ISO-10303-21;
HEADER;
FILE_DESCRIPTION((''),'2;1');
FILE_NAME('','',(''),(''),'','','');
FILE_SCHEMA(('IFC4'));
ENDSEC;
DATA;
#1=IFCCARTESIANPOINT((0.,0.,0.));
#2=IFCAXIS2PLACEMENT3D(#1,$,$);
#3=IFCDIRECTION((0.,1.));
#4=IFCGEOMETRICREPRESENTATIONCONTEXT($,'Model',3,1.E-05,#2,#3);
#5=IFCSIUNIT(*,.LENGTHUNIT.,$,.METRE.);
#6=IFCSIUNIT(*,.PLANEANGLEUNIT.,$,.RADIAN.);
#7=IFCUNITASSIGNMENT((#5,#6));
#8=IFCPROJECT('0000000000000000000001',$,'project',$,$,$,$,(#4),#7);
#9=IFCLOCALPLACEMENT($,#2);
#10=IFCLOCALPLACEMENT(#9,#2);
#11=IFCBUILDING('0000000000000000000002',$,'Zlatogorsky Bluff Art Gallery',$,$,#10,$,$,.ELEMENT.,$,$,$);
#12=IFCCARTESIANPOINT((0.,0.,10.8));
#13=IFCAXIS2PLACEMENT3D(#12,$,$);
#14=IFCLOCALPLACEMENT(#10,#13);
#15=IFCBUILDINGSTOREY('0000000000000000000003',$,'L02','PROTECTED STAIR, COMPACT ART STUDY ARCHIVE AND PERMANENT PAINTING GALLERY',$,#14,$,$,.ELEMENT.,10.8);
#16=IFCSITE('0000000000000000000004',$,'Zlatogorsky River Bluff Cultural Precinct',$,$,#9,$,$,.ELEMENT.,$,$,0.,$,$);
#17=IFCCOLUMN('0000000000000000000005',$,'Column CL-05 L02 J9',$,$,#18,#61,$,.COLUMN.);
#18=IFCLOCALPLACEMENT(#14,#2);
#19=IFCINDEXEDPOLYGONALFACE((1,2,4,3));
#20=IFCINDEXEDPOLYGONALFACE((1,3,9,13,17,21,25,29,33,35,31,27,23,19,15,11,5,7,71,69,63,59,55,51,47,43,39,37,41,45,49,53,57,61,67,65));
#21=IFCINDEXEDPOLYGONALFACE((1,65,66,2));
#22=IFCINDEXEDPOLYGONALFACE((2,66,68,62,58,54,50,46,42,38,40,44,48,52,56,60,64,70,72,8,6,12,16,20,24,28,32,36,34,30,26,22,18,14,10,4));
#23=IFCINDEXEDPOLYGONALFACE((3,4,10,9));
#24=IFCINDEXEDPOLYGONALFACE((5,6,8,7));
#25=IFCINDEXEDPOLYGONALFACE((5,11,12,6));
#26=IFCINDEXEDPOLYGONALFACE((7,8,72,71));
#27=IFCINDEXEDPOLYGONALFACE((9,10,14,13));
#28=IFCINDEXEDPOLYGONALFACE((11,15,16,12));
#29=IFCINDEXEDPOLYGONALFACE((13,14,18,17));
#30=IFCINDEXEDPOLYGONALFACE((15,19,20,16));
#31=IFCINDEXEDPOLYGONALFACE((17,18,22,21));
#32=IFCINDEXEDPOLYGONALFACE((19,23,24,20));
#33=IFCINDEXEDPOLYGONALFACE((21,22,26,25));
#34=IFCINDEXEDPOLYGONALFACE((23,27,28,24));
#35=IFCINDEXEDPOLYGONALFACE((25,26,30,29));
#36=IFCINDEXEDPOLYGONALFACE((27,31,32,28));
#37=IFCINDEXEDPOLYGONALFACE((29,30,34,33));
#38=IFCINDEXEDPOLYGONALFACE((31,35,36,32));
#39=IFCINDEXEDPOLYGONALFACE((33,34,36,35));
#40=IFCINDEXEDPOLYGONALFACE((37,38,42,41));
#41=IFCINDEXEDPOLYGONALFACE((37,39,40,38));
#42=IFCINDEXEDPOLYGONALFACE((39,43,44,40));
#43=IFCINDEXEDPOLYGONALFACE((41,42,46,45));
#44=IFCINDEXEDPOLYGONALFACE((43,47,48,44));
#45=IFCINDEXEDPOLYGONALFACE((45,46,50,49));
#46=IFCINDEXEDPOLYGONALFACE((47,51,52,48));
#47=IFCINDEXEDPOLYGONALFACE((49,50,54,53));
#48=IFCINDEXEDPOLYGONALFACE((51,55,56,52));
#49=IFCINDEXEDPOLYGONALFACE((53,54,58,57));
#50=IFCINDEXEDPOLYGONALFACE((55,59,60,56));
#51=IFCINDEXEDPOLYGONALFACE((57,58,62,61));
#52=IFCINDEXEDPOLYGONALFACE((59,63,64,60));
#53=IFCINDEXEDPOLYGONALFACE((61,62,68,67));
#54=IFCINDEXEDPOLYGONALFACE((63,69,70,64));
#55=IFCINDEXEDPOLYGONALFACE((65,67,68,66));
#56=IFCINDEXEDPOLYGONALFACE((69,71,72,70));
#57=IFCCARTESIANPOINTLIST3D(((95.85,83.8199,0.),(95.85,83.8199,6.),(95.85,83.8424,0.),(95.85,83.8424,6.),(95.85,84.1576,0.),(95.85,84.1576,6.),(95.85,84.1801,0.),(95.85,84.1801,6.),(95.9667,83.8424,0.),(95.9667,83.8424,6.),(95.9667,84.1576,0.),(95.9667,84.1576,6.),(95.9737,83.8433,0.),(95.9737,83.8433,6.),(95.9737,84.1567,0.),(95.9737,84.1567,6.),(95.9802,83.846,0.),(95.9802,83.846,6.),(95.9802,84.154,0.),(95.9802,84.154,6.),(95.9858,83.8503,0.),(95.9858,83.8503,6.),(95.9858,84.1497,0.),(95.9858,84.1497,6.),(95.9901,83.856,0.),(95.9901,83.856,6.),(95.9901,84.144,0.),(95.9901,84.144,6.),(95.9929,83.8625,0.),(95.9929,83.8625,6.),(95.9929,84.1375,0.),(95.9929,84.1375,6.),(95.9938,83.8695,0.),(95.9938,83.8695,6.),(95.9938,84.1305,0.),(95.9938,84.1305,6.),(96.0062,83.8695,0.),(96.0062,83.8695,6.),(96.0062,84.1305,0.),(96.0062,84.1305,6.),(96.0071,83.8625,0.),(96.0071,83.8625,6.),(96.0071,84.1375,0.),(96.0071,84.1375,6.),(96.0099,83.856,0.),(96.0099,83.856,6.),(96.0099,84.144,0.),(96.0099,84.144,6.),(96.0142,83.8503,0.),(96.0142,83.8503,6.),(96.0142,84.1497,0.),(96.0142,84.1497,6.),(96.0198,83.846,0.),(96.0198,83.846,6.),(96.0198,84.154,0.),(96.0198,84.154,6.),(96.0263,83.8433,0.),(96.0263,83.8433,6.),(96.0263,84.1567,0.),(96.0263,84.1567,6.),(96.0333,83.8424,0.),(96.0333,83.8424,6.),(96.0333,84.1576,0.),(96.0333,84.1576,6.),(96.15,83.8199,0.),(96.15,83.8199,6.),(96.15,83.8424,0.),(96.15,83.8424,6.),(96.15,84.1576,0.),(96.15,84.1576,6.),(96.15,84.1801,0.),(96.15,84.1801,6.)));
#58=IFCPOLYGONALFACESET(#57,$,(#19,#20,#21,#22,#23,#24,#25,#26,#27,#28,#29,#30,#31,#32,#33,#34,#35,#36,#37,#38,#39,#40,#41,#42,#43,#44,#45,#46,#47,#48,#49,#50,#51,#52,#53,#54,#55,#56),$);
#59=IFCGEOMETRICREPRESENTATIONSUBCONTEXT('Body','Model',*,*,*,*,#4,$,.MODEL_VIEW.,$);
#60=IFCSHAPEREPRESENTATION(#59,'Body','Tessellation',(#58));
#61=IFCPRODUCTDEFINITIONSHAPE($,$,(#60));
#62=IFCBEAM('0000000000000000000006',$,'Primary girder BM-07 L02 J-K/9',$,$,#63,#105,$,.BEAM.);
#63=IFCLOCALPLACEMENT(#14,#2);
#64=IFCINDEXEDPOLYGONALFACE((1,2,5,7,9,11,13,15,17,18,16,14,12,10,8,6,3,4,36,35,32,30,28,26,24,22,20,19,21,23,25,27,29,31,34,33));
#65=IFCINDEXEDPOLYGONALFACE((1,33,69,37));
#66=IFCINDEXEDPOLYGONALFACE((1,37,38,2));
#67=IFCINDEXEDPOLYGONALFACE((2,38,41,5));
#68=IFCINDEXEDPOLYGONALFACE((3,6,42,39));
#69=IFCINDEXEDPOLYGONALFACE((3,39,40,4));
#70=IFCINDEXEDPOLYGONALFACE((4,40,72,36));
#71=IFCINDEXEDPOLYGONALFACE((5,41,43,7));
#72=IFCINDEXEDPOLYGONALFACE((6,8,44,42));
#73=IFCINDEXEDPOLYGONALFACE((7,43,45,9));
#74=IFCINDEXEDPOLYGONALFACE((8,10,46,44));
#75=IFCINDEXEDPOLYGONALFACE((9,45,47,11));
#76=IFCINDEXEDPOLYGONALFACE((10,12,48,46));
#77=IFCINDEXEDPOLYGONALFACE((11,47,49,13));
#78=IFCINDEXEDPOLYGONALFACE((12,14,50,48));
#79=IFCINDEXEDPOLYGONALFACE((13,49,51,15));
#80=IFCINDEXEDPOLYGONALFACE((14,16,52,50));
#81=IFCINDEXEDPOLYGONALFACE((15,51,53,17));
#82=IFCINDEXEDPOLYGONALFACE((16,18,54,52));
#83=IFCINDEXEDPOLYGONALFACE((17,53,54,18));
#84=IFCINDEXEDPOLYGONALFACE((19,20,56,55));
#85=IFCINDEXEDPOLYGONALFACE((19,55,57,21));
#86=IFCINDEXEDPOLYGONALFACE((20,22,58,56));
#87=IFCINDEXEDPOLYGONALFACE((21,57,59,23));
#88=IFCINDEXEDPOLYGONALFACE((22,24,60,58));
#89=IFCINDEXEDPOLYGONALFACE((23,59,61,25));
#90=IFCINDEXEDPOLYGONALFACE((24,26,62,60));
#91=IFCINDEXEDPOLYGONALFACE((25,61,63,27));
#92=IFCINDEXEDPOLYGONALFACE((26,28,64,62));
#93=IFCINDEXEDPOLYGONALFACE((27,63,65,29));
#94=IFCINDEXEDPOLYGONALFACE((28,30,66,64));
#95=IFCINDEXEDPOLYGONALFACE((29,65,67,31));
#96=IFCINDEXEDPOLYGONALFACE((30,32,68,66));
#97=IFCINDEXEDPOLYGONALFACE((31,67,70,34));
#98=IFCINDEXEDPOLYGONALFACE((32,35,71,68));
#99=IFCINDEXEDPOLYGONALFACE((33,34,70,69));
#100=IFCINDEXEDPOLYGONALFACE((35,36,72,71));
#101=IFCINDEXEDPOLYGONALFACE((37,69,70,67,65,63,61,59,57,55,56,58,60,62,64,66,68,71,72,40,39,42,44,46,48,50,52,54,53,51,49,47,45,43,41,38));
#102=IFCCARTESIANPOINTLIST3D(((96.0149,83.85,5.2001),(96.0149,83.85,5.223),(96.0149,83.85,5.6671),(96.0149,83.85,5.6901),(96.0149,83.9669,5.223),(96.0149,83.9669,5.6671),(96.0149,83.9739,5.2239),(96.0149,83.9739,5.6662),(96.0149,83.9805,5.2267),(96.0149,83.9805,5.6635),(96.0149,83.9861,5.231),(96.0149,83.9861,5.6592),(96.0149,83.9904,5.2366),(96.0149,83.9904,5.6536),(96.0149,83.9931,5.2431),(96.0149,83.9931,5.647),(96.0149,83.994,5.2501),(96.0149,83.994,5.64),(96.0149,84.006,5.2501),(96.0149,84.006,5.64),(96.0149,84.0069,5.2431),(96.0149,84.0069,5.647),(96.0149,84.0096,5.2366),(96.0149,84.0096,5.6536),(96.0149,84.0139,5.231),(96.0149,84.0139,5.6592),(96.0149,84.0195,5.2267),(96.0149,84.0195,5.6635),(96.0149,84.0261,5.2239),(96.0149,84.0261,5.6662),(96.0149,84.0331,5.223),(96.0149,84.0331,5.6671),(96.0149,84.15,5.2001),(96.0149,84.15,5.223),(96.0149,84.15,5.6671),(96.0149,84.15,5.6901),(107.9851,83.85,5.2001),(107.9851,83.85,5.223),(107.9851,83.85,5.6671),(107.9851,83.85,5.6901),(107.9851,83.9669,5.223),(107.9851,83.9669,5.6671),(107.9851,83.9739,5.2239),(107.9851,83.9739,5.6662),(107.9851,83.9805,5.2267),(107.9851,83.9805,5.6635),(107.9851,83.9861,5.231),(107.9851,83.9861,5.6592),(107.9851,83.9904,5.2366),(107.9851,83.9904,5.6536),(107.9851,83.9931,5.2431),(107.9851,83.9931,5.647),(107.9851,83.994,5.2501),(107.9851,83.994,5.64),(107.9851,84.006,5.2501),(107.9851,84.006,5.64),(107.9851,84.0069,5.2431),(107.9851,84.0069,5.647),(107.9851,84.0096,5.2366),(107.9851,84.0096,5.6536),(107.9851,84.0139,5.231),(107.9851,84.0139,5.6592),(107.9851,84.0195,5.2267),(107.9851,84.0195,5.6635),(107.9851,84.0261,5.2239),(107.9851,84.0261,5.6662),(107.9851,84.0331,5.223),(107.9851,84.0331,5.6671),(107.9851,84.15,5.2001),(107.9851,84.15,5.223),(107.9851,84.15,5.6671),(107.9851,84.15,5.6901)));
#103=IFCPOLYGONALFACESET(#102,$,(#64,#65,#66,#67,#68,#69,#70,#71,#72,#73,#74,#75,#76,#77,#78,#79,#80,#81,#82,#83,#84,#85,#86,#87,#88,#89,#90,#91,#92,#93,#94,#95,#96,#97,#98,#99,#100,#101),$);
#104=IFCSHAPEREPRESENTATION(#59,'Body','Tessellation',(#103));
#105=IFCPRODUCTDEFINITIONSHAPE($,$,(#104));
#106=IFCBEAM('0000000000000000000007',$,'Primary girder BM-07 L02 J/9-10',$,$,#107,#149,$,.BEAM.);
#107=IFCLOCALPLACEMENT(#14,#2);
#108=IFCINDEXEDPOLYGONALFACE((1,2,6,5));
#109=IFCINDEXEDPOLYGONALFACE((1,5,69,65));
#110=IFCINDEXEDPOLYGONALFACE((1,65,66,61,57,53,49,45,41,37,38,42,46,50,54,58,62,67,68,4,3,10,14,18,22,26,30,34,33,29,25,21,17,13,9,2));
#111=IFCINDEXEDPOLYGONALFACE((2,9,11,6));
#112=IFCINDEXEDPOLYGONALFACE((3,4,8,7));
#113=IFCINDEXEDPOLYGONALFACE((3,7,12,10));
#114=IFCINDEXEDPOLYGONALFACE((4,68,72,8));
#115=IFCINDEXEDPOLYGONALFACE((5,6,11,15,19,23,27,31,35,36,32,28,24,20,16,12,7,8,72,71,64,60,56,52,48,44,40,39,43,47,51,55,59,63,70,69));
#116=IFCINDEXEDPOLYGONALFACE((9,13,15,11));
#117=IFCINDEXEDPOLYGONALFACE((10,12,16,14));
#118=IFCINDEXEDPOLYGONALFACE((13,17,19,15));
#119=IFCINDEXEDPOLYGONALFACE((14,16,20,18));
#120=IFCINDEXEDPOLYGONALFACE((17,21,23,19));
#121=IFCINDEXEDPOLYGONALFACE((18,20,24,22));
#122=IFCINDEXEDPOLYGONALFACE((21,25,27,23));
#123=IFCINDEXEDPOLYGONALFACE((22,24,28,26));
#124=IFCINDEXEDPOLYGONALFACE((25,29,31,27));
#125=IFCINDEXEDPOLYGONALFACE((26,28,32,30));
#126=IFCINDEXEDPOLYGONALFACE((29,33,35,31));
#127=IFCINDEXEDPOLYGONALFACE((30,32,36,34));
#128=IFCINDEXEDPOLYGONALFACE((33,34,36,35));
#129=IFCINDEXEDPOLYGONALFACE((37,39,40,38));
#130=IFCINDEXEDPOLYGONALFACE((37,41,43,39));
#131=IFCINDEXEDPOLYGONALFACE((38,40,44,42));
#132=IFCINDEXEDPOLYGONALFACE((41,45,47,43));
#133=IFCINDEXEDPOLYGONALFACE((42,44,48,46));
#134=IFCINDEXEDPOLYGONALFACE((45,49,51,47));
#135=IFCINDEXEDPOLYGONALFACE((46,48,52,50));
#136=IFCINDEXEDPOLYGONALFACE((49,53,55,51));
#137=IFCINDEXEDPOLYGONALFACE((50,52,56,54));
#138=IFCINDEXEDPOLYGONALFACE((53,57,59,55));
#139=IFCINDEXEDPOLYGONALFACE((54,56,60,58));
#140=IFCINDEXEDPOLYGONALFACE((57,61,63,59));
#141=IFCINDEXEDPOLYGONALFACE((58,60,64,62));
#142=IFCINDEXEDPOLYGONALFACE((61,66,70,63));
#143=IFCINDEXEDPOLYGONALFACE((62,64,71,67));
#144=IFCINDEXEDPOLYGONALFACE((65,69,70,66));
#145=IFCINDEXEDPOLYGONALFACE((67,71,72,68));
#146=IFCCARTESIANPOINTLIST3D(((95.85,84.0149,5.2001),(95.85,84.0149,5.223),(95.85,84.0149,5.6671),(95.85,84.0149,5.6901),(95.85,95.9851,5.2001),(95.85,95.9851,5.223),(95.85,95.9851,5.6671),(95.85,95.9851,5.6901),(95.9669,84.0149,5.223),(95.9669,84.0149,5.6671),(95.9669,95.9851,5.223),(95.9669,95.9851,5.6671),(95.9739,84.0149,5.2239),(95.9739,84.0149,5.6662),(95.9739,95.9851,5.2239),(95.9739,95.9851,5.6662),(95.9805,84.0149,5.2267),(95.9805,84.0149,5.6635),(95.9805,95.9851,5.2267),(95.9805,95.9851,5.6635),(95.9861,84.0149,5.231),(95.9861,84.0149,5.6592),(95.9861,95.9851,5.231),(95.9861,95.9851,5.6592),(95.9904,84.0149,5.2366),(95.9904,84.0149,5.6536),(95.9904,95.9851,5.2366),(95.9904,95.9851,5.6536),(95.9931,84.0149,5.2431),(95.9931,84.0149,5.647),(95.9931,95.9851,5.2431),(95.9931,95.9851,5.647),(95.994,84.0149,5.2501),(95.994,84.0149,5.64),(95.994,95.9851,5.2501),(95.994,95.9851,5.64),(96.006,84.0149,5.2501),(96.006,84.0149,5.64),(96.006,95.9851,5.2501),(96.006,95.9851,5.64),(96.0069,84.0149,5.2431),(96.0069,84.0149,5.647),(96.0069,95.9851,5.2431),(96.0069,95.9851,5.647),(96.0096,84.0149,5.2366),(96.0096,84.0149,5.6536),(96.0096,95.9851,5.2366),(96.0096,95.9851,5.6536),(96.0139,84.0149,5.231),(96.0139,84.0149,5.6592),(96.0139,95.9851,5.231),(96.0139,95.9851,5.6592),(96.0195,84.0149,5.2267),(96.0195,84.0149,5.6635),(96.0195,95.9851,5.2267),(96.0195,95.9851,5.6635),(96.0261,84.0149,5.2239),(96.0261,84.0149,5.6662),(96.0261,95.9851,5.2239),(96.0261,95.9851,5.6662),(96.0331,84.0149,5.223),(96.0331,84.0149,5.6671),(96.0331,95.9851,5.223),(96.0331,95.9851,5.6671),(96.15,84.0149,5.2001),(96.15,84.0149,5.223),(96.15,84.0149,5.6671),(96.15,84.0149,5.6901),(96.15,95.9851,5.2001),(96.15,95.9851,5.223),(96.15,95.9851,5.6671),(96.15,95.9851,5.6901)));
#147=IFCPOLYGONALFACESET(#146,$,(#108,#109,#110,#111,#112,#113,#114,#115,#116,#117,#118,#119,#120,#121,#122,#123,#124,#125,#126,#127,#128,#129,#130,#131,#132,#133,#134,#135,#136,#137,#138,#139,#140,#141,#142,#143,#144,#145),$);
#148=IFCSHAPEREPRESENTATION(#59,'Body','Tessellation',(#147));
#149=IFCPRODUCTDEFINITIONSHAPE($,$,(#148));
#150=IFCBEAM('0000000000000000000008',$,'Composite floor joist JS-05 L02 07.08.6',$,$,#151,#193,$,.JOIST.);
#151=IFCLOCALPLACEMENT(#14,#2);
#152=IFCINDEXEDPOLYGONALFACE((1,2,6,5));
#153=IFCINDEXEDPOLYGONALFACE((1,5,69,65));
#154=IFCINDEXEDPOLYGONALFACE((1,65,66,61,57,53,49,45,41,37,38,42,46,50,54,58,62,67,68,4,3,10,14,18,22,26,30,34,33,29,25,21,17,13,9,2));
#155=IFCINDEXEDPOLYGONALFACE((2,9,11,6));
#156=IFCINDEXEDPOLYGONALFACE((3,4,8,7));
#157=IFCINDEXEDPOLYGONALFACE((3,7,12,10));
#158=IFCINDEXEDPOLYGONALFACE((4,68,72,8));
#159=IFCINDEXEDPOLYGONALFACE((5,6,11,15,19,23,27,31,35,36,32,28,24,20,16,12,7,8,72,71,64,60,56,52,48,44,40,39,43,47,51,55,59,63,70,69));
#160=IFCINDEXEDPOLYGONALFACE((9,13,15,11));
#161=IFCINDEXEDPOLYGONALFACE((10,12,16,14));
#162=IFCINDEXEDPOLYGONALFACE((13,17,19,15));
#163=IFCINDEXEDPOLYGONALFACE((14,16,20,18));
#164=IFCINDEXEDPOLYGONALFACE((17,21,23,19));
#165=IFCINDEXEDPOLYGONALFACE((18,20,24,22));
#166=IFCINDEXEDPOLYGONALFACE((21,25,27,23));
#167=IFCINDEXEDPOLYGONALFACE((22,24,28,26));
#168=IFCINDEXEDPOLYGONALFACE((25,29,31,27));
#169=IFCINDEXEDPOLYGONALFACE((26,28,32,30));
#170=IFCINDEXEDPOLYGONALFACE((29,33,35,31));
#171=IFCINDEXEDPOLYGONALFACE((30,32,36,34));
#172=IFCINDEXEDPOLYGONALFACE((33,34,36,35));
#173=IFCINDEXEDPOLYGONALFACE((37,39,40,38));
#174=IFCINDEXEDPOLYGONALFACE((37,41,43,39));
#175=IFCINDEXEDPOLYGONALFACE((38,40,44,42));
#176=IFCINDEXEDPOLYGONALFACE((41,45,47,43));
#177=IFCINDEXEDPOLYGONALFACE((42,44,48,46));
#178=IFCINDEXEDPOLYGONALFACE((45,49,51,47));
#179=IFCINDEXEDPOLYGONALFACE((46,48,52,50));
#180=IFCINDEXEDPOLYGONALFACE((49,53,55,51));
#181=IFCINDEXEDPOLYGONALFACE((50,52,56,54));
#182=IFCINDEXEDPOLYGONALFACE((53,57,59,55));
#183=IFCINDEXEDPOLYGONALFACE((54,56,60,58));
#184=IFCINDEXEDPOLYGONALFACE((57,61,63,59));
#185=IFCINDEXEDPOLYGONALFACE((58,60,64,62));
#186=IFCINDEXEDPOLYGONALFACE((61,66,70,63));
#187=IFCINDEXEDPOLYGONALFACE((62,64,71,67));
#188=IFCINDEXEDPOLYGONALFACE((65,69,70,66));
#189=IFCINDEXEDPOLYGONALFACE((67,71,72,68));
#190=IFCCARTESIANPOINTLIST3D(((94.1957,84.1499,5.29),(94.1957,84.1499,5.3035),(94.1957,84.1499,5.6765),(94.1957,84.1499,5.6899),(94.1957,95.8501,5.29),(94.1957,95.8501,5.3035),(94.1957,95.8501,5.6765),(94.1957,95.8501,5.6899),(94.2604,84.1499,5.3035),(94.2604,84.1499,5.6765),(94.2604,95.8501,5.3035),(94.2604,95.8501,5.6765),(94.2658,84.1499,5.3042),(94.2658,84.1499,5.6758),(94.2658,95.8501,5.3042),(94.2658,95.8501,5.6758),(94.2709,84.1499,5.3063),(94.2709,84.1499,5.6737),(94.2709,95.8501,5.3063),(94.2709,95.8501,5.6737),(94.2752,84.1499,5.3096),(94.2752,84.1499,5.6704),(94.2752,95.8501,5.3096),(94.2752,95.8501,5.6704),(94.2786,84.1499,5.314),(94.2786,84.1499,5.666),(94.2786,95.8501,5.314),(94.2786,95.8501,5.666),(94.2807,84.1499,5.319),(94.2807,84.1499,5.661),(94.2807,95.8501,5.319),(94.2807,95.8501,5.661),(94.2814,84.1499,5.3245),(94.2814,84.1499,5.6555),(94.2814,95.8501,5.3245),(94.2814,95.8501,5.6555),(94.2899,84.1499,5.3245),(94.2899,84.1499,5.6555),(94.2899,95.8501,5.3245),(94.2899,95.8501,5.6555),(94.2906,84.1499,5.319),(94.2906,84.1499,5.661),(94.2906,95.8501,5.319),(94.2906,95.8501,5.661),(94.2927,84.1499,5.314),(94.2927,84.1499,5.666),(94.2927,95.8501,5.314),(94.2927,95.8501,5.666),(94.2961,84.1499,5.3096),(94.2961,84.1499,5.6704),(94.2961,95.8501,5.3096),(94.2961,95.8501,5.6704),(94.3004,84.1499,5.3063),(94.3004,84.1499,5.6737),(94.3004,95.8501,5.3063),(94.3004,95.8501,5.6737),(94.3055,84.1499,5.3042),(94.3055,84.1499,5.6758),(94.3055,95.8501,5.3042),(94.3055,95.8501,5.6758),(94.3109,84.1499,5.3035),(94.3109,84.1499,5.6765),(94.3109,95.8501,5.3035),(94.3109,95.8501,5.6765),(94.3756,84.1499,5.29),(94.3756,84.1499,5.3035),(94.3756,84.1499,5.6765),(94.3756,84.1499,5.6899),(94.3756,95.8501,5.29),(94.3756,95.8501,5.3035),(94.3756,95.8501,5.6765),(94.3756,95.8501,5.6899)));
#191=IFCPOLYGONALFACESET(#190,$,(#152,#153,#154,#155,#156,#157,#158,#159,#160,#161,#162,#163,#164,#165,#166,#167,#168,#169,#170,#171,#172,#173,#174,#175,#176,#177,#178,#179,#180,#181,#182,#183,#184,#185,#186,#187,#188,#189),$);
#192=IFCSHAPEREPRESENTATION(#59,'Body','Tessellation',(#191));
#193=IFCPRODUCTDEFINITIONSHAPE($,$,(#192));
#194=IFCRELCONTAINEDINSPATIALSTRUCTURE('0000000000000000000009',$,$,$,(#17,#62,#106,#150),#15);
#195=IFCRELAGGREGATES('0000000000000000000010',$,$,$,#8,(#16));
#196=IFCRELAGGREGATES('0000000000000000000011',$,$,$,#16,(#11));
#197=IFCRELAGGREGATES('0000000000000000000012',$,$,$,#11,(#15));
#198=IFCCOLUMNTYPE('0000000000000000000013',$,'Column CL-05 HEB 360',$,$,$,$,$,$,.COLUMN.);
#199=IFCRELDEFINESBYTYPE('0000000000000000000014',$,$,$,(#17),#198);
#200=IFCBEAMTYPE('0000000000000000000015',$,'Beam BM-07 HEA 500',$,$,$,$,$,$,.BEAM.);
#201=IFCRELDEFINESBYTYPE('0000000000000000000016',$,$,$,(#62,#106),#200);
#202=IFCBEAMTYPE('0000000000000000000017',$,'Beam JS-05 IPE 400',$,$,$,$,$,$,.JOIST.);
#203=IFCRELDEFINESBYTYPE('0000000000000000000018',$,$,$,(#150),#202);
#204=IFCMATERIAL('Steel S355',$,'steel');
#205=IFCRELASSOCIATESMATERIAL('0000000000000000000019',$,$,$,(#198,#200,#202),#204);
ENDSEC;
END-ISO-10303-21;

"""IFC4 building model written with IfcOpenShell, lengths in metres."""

from ifc_helpers import new_model, si_unit, direction, frame, origin, origin_2d, place, context, subcontext, project, spatial, i_section, extrude, material, material_profile, profile_set, type_object, element, save


model = new_model("IFC4")

# Units and contexts
model_context = context("Model", 3, precision=1e-05, world=origin(), true_north=direction((0.0, 1.0)))
body_context = subcontext(model_context, "Body", "Model", "MODEL_VIEW")
ifc_project = project(units=[si_unit("LENGTHUNIT", "METRE"), si_unit("PLANEANGLEUNIT", "RADIAN")], contexts=[model_context])

# Site, building, storey
site_placement = place(None, origin())
site = spatial("IfcSite", under=ifc_project, at=site_placement, Name="Zlatogorsky River Bluff Cultural Precinct", CompositionType="ELEMENT", RefElevation=0.0)
building_placement = place(site_placement, origin())
building = spatial("IfcBuilding", under=site, at=building_placement, Name="Zlatogorsky Bluff Art Gallery", CompositionType="ELEMENT")
storey_placement = place(building_placement, frame((0.0, 0.0, 10.8)))
storey = spatial("IfcBuildingStorey", under=building, at=storey_placement, Name="L02", Description="PROTECTED STAIR, COMPACT ART STUDY ARCHIVE AND PERMANENT PAINTING GALLERY", CompositionType="ELEMENT", Elevation=10.8)

# Column
ifc_material_1 = material(Name="Steel S355", Category="steel")
ifc_material_profile_1 = material_profile(ifc_material_1, i_section(OverallWidth=0.3, OverallDepth=0.3601, WebThickness=0.0125, FlangeThickness=0.0225, FilletRadius=0.0271, at=origin_2d()), Name="HEB 360")
ifc_profile_set_1 = profile_set([ifc_material_profile_1], Name="Steel S355")
column_type = type_object("IfcColumnType", Name="Column CL-05 HEB 360", PredefinedType="COLUMN", material=ifc_profile_set_1)
column_placement = place(storey_placement, frame((96.0, 84.0, 0.0), z_axis=(0.0, 0.0, 1.0), x_axis=(1.0, 0.0, 0.0)))
element("IfcColumn", 1, at=column_placement, inside=storey, type_object=column_type, Name="Column CL-05 L02 J9", PredefinedType="COLUMN", context=body_context, shape_type="SweptSolid", body=[
    extrude(i_section(OverallWidth=0.3, OverallDepth=0.3601, WebThickness=0.0125, FlangeThickness=0.0225, FilletRadius=0.0271, at=origin_2d()), origin(), (0.0, 0.0, 1.0), 6.0),
])

# Beams
ifc_material_profile_2 = material_profile(ifc_material_1, i_section(OverallWidth=0.3, OverallDepth=0.49, WebThickness=0.012, FlangeThickness=0.0229, FilletRadius=0.0271, at=origin_2d()), Name="HEA 500")
ifc_profile_set_2 = profile_set([ifc_material_profile_2], Name="Steel S355")
beam_type_1 = type_object("IfcBeamType", Name="Beam BM-07 HEA 500", PredefinedType="BEAM", material=ifc_profile_set_2)
for number, where, z_axis, x_axis, name in (
    (2, (96.0149, 84.0, 5.4451), (1.0, 0.0, 0.0), (0.0, 1.0, 0.0), "Primary girder BM-07 L02 J-K/9"),
    (3, (96.0, 84.0149, 5.4451), (0.0, 1.0, 0.0), (-1.0, 0.0, 0.0), "Primary girder BM-07 L02 J/9-10"),
):
    element("IfcBeam", number, at=place(storey_placement, frame(where, z_axis=z_axis, x_axis=x_axis)), inside=storey, type_object=beam_type_1, Name=name, PredefinedType="BEAM", context=body_context, shape_type="SweptSolid", body=[
        extrude(i_section(OverallWidth=0.3, OverallDepth=0.49, WebThickness=0.012, FlangeThickness=0.0229, FilletRadius=0.0271, at=origin_2d()), origin(), (0.0, 0.0, 1.0), 11.9702),
    ])
ifc_material_profile_3 = material_profile(ifc_material_1, i_section(OverallWidth=0.1799, OverallDepth=0.3999, WebThickness=0.0085, FlangeThickness=0.0134, FilletRadius=0.021, at=origin_2d()), Name="IPE 400")
ifc_profile_set_3 = profile_set([ifc_material_profile_3], Name="Steel S355")
beam_type_2 = type_object("IfcBeamType", Name="Beam JS-05 IPE 400", PredefinedType="JOIST", material=ifc_profile_set_3)
beam_placement = place(storey_placement, frame((94.2856, 84.1499, 5.49), z_axis=(0.0, 1.0, 0.0), x_axis=(-1.0, 0.0, 0.0)))
element("IfcBeam", 4, at=beam_placement, inside=storey, type_object=beam_type_2, Name="Composite floor joist JS-05 L02 07.08.6", PredefinedType="JOIST", context=body_context, shape_type="SweptSolid", body=[
    extrude(i_section(OverallWidth=0.1799, OverallDepth=0.3999, WebThickness=0.0085, FlangeThickness=0.0134, FilletRadius=0.021, at=origin_2d()), origin(), (0.0, 0.0, 1.0), 11.7002),
])

save(model, "model.ifc")
